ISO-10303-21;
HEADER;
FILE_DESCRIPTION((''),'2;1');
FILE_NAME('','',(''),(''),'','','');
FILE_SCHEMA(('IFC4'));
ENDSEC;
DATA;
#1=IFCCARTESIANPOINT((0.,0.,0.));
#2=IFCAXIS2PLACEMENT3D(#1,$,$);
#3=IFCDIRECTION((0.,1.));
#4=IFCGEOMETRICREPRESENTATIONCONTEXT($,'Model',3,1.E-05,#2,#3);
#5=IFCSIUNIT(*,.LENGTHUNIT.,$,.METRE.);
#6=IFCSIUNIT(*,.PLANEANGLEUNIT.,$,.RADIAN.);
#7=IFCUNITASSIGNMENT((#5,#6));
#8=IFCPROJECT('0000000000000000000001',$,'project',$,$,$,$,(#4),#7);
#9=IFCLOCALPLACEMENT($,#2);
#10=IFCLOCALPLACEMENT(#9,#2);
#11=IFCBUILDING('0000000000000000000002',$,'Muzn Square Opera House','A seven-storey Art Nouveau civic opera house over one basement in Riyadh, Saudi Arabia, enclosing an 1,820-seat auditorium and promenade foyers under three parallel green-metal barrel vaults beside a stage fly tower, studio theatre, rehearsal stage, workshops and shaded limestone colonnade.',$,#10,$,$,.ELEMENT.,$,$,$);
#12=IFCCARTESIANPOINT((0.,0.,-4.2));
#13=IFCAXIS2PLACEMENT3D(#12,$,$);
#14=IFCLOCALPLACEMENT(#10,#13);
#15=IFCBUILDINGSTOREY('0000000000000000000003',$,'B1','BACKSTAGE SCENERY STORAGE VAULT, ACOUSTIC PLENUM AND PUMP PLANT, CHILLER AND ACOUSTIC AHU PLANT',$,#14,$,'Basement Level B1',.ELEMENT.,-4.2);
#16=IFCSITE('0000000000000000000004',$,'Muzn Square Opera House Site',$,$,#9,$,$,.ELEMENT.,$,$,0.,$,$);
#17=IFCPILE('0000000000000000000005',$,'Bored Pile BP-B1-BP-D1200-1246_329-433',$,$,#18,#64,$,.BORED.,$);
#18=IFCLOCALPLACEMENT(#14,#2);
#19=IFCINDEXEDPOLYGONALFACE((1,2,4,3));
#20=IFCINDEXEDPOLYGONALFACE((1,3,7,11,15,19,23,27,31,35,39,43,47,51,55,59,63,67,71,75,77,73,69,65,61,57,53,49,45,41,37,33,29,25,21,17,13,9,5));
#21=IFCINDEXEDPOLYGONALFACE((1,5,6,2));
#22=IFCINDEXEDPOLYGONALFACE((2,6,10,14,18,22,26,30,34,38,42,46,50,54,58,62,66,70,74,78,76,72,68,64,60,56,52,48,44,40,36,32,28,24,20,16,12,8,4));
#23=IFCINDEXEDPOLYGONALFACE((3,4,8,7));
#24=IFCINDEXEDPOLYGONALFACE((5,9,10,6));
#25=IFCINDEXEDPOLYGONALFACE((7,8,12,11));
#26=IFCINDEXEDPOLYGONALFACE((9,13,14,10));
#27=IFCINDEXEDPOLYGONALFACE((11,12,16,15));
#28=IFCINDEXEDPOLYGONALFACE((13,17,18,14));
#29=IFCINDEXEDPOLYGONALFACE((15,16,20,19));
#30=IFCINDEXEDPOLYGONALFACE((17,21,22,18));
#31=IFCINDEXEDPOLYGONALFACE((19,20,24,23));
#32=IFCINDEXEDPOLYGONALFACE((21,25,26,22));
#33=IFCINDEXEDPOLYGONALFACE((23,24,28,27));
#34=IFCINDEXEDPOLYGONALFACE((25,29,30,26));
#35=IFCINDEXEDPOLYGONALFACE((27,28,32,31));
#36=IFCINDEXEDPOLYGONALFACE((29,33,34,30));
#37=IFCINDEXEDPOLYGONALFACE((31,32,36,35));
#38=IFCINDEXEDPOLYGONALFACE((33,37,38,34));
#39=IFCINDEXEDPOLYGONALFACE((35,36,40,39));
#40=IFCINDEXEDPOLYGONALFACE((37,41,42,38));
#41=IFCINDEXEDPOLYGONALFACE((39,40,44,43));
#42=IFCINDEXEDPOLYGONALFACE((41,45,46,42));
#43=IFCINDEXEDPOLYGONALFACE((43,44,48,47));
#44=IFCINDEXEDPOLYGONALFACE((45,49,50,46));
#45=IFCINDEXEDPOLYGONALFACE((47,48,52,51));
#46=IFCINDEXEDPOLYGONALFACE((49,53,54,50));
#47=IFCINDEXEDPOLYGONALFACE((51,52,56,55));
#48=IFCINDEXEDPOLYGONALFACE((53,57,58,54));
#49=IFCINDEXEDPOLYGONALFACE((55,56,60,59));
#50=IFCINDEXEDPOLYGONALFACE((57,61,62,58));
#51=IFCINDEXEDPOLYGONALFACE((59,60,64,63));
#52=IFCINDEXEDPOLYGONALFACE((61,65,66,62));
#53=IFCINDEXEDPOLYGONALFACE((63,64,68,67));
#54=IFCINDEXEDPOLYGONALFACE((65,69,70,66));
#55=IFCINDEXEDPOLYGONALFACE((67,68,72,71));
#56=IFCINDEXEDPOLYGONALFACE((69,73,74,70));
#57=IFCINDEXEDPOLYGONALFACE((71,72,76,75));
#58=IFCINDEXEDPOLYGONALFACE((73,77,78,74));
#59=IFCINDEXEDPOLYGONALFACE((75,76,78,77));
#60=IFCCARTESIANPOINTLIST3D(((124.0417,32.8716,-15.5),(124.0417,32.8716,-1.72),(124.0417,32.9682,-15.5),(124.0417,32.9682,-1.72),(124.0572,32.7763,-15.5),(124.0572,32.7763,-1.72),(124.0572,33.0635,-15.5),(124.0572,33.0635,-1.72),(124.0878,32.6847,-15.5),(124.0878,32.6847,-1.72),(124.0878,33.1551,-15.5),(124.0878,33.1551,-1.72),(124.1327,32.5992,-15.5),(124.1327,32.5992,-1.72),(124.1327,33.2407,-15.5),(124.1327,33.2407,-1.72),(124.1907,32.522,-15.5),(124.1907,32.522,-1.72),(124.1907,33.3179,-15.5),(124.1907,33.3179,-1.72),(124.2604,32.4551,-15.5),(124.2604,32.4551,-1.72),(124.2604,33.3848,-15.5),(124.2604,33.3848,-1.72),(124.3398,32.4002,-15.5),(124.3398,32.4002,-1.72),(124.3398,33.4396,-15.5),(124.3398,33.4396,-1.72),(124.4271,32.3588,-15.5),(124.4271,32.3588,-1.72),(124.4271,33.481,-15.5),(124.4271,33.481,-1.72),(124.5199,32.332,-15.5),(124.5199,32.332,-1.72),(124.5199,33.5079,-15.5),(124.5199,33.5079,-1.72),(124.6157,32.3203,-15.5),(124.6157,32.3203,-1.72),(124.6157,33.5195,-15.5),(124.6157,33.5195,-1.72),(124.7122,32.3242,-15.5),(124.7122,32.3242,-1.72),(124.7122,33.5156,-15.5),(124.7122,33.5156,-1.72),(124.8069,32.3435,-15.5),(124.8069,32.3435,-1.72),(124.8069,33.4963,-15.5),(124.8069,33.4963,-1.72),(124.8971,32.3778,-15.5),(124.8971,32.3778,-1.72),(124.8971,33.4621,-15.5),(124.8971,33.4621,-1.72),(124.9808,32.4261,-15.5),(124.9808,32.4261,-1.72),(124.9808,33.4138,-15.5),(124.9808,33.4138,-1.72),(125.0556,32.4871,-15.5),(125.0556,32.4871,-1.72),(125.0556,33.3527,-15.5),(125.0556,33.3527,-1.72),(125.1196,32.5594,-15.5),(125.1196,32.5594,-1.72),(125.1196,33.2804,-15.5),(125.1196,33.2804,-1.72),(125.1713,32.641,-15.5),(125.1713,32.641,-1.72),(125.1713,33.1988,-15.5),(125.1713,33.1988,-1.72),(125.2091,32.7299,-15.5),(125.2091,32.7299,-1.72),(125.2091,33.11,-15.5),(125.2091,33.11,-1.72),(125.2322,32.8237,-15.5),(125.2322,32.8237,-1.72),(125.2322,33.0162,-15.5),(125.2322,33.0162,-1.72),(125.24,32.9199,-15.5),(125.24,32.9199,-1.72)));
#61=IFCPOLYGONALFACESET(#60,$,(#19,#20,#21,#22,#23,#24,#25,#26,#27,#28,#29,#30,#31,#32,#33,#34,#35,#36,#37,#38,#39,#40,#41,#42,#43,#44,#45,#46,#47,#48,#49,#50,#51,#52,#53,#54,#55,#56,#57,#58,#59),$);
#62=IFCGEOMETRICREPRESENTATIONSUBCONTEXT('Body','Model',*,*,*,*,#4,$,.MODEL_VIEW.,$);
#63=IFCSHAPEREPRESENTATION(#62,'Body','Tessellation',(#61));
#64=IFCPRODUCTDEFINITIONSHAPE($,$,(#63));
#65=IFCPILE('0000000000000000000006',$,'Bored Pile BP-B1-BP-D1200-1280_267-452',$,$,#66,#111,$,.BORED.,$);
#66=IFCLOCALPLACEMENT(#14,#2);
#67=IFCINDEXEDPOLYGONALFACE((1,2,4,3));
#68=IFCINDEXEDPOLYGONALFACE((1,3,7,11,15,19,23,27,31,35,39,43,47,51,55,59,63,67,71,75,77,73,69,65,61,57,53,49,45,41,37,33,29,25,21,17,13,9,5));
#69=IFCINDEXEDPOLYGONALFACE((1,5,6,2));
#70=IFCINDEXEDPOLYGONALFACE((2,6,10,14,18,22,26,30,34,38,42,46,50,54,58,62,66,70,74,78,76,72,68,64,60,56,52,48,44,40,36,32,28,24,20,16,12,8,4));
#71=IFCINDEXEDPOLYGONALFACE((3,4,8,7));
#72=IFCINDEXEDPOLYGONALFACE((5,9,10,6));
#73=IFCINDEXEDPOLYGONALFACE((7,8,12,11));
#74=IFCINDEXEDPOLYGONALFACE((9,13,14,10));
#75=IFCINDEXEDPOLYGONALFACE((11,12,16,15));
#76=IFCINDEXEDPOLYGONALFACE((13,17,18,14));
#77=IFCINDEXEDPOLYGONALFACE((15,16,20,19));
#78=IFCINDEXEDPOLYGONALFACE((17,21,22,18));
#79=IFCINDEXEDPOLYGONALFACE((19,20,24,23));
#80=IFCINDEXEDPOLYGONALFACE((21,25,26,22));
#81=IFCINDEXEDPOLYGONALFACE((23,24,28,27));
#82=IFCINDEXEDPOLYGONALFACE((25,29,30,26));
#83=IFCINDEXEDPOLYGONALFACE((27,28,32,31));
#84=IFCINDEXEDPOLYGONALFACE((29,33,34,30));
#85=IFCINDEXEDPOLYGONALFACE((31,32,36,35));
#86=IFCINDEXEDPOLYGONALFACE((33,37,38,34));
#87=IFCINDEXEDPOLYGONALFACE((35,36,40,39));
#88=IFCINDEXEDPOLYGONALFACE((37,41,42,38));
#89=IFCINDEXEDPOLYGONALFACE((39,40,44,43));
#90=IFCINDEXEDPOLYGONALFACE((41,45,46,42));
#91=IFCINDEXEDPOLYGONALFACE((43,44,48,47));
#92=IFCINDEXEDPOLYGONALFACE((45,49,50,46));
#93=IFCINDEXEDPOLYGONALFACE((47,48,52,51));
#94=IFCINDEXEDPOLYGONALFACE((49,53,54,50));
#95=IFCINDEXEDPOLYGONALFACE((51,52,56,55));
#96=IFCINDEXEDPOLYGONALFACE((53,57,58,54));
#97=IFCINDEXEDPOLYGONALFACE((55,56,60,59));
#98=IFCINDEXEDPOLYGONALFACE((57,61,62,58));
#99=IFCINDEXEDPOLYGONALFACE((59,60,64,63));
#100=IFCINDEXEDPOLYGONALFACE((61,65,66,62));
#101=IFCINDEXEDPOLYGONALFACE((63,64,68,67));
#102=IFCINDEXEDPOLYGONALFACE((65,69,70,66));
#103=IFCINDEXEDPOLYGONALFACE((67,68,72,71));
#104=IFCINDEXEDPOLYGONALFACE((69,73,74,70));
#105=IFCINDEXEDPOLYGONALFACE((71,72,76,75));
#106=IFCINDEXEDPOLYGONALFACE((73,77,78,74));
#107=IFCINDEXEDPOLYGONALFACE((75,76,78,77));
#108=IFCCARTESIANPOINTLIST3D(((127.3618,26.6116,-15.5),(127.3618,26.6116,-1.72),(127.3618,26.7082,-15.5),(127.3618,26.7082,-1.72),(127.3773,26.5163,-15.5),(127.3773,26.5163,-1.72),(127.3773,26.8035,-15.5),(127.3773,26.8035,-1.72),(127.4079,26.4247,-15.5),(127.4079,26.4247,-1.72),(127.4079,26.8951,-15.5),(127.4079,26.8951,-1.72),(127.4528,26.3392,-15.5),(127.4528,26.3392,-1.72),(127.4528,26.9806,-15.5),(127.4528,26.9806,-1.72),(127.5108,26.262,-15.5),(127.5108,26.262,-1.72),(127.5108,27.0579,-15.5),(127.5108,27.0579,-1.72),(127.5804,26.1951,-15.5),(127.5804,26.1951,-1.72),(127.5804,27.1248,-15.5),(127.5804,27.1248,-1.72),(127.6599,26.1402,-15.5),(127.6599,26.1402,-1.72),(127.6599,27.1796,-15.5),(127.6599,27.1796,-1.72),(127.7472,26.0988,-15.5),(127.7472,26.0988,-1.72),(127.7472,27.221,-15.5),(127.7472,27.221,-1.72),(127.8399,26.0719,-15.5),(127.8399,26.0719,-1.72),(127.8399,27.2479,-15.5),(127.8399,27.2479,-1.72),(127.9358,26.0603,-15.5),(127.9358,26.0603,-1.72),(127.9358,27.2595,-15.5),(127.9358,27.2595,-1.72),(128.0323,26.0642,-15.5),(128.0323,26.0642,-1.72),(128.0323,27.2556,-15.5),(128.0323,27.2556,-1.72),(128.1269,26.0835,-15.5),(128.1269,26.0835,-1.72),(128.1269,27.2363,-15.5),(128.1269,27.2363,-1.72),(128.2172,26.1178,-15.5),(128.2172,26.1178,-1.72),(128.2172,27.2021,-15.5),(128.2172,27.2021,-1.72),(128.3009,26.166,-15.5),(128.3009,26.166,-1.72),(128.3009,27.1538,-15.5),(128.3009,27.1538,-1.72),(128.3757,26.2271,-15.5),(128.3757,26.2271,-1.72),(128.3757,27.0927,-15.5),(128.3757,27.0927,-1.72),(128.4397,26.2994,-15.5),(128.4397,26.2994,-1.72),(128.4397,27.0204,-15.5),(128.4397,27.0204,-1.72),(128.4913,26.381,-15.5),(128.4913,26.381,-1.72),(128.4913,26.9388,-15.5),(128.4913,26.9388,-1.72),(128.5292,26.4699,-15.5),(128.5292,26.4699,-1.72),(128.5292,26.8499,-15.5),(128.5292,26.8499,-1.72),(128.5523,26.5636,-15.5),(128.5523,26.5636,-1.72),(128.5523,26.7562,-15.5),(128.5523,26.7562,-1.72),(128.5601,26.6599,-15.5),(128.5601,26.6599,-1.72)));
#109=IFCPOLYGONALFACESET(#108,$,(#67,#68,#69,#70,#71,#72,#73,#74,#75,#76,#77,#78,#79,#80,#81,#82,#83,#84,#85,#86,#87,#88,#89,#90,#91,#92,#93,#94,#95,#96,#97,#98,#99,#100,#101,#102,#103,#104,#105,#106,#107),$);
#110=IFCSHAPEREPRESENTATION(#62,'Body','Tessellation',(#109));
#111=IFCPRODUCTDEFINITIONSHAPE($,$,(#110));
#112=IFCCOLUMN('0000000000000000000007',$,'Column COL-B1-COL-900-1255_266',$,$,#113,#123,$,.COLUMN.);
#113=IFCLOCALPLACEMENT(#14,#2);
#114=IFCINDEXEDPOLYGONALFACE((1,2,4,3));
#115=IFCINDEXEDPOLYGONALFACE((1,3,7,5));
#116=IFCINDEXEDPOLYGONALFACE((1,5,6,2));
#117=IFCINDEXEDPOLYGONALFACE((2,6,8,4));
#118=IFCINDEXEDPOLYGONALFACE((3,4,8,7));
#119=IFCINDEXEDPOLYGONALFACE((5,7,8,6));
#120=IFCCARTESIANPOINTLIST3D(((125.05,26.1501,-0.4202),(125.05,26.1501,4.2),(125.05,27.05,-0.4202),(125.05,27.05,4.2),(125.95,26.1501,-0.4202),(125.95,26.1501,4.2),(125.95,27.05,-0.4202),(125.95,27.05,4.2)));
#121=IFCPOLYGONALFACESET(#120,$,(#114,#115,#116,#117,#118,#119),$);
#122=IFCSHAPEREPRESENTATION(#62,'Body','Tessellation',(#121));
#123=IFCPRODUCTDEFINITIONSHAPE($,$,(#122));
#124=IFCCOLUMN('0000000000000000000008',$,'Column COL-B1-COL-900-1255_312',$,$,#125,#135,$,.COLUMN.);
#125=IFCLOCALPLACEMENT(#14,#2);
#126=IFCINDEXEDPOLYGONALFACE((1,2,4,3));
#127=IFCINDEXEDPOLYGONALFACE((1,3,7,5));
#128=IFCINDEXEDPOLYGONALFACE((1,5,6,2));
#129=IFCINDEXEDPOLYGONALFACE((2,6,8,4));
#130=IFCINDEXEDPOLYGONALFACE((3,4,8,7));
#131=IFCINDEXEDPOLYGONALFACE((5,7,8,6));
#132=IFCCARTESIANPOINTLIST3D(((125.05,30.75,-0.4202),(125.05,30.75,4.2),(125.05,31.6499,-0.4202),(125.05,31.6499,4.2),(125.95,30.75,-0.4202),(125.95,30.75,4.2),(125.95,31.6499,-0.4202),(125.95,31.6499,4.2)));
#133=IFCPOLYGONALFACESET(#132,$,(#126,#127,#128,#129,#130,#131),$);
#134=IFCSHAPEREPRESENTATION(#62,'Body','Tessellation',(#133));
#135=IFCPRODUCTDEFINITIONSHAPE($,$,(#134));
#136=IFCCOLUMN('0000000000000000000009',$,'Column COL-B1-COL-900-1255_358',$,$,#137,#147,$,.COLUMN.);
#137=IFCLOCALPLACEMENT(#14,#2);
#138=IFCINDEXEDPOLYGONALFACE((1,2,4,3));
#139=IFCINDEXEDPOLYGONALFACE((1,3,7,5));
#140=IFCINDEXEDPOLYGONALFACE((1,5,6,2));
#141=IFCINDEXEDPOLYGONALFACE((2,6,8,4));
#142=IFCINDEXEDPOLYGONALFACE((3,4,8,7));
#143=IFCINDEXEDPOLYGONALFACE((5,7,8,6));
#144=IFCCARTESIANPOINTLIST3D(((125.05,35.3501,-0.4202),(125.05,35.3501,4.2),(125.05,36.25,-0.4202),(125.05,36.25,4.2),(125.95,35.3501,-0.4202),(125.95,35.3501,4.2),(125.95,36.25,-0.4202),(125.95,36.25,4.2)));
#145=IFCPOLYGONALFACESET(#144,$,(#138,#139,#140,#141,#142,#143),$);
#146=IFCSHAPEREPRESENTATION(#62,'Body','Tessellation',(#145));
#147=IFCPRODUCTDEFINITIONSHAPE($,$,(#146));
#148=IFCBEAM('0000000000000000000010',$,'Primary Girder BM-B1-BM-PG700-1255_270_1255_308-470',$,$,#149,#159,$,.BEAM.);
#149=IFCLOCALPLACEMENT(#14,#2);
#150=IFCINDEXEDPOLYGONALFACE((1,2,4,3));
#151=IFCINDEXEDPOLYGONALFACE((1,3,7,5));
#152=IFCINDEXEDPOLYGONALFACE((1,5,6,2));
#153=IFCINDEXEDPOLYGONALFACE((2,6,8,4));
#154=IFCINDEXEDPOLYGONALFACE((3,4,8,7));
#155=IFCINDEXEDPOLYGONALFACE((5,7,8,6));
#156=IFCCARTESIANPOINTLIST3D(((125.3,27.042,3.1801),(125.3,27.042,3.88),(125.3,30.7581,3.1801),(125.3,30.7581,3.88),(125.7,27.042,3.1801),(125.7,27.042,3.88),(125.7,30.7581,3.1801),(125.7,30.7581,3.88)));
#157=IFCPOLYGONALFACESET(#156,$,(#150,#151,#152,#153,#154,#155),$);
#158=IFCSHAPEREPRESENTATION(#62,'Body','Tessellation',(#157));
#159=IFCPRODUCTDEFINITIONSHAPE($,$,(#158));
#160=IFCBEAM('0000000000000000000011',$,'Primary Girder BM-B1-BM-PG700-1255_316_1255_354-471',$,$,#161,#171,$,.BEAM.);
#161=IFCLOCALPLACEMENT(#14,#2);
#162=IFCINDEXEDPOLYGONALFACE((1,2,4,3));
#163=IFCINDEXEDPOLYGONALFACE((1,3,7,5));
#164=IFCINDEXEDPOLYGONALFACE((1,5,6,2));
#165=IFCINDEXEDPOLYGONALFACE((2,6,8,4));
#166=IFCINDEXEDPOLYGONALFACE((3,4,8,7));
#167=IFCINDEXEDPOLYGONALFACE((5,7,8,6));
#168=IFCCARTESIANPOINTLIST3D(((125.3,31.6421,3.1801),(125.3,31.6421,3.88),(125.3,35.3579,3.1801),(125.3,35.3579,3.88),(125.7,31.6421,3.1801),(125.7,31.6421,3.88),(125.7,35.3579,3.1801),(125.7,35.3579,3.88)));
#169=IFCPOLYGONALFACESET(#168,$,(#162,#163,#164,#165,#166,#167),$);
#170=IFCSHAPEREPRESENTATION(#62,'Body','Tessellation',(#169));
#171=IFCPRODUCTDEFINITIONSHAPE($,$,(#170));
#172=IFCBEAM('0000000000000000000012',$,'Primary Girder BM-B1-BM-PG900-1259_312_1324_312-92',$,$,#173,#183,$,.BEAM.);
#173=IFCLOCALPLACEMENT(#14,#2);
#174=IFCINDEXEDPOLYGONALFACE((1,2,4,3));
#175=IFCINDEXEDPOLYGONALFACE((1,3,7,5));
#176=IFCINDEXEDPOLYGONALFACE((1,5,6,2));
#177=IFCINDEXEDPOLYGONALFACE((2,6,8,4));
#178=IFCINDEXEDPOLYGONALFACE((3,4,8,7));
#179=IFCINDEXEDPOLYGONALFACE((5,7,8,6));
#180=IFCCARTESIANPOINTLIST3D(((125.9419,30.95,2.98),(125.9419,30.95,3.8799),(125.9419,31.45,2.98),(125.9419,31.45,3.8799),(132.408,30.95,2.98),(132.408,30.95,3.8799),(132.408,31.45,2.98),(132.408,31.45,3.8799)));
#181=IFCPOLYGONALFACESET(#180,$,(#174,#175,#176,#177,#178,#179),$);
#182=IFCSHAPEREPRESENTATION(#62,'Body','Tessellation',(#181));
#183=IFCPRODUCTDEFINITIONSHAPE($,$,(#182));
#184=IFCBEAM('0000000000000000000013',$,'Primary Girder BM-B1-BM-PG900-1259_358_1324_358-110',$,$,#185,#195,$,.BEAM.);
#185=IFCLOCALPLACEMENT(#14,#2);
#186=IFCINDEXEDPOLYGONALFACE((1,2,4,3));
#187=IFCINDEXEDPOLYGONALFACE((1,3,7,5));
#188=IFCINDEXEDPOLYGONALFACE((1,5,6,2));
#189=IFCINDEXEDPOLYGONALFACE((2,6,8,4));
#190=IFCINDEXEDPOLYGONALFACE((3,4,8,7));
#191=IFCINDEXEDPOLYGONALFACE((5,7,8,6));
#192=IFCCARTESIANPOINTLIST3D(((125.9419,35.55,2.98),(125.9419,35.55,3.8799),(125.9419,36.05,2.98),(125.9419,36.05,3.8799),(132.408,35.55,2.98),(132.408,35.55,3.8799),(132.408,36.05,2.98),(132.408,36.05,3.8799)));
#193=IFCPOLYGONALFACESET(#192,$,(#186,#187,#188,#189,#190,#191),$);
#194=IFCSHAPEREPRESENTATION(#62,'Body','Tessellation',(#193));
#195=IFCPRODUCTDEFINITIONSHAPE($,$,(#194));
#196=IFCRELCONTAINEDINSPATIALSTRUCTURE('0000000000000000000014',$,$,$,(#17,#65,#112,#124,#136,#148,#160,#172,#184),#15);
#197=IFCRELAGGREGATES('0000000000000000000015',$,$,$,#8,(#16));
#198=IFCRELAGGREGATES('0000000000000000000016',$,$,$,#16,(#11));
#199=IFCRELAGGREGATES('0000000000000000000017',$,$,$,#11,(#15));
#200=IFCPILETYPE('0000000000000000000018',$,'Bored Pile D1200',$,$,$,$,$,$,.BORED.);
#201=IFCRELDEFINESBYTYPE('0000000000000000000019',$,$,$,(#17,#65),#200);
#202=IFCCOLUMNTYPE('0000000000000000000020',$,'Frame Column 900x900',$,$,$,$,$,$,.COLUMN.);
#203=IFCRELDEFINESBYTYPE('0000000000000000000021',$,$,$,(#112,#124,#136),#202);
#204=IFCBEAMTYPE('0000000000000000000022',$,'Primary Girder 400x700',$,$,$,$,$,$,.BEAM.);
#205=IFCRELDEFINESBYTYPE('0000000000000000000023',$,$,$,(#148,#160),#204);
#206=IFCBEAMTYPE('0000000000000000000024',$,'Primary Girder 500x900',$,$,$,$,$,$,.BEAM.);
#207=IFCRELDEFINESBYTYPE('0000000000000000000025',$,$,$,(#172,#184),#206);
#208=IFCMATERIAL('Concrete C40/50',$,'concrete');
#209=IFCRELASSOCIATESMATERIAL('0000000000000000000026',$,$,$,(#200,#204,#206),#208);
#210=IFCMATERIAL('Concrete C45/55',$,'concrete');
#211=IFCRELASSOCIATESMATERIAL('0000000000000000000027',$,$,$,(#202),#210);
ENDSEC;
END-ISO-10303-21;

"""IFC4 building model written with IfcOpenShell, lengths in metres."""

from ifc_helpers import new_model, si_unit, direction, frame, origin, origin_2d, place, context, subcontext, project, spatial, rectangle, circle, extrude, material, material_profile, profile_set, type_object, element, save


model = new_model("IFC4")

# Units and contexts
model_context = context("Model", 3, precision=1e-05, world=origin(), true_north=direction((0.0, 1.0)))
body_context = subcontext(model_context, "Body", "Model", "MODEL_VIEW")
ifc_project = project(units=[si_unit("LENGTHUNIT", "METRE"), si_unit("PLANEANGLEUNIT", "RADIAN")], contexts=[model_context])

# Site, building, storey
site_placement = place(None, origin())
site = spatial("IfcSite", under=ifc_project, at=site_placement, Name="Muzn Square Opera House Site", CompositionType="ELEMENT", RefElevation=0.0)
building_placement = place(site_placement, origin())
building = spatial("IfcBuilding", under=site, at=building_placement, Name="Muzn Square Opera House", Description="A seven-storey Art Nouveau civic opera house over one basement in Riyadh, Saudi Arabia, enclosing an 1,820-seat auditorium and promenade foyers under three parallel green-metal barrel vaults beside a stage fly tower, studio theatre, rehearsal stage, workshops and shaded limestone colonnade.", CompositionType="ELEMENT")
storey_placement = place(building_placement, frame((0.0, 0.0, -4.2)))
storey = spatial("IfcBuildingStorey", under=building, at=storey_placement, Name="B1", Description="BACKSTAGE SCENERY STORAGE VAULT, ACOUSTIC PLENUM AND PUMP PLANT, CHILLER AND ACOUSTIC AHU PLANT", LongName="Basement Level B1", CompositionType="ELEMENT", Elevation=-4.2)

# Piles
ifc_material_1 = material(Name="Concrete C40/50", Category="concrete")
ifc_material_profile_1 = material_profile(ifc_material_1, circle(Radius=0.6001, at=origin_2d()), Name="BORED PILE D1200", Category="concrete")
ifc_profile_set_1 = profile_set([ifc_material_profile_1], Name="Concrete C40/50")
pile_type = type_object("IfcPileType", Name="Bored Pile D1200", PredefinedType="BORED", material=ifc_profile_set_1)
for number, where, z_axis, x_axis, name in (
    (1, (124.6399, 32.9199, -1.72), (0.0, 0.0, -1.0), (1.0, 0.0, 0.0), "Bored Pile BP-B1-BP-D1200-1246_329-433"),
    (2, (127.96, 26.6599, -1.72), (0.0, 0.0, -1.0), (1.0, 0.0, 0.0), "Bored Pile BP-B1-BP-D1200-1280_267-452"),
):
    element("IfcPile", number, at=place(storey_placement, frame(where, z_axis=z_axis, x_axis=x_axis)), inside=storey, type_object=pile_type, Name=name, PredefinedType="BORED", context=body_context, shape_type="SweptSolid", body=[
        extrude(circle(Radius=0.6001, at=origin_2d()), origin(), (0.0, 0.0, 1.0), 13.78),
    ])

# Columns
ifc_material_2 = material(Name="Concrete C45/55", Category="concrete")
ifc_material_profile_2 = material_profile(ifc_material_2, rectangle(XDim=0.8999, YDim=0.8999, at=origin_2d()), Name="RC 900x900", Category="concrete")
ifc_profile_set_2 = profile_set([ifc_material_profile_2], Name="Concrete C45/55")
column_type = type_object("IfcColumnType", Name="Frame Column 900x900", PredefinedType="COLUMN", material=ifc_profile_set_2)
for number, where, z_axis, x_axis, name in (
    (3, (125.5, 26.6001, -0.4202), (0.0, 0.0, 1.0), (1.0, 0.0, 0.0), "Column COL-B1-COL-900-1255_266"),
    (4, (125.5, 31.2, -0.4202), (0.0, 0.0, 1.0), (1.0, 0.0, 0.0), "Column COL-B1-COL-900-1255_312"),
    (5, (125.5, 35.8, -0.4202), (0.0, 0.0, 1.0), (1.0, 0.0, 0.0), "Column COL-B1-COL-900-1255_358"),
):
    element("IfcColumn", number, at=place(storey_placement, frame(where, z_axis=z_axis, x_axis=x_axis)), inside=storey, type_object=column_type, Name=name, PredefinedType="COLUMN", context=body_context, shape_type="SweptSolid", body=[
        extrude(rectangle(XDim=0.8999, YDim=0.8999, at=origin_2d()), origin(), (0.0, 0.0, 1.0), 4.6201),
    ])

# Beams
ifc_material_profile_3 = material_profile(ifc_material_1, rectangle(XDim=0.3999, YDim=0.7, at=origin_2d()), Name="RCB 400x700", Category="concrete")
ifc_profile_set_3 = profile_set([ifc_material_profile_3], Name="Concrete C40/50")
beam_type_1 = type_object("IfcBeamType", Name="Primary Girder 400x700", PredefinedType="BEAM", material=ifc_profile_set_3)
beam_1_placement = place(storey_placement, frame((125.5, 27.042, 3.53), z_axis=(0.0, 1.0, 0.0), x_axis=(-1.0, 0.0, 0.0)))
element("IfcBeam", 6, at=beam_1_placement, inside=storey, type_object=beam_type_1, Name="Primary Girder BM-B1-BM-PG700-1255_270_1255_308-470", PredefinedType="BEAM", context=body_context, shape_type="SweptSolid", body=[
    extrude(rectangle(XDim=0.3999, YDim=0.7, at=origin_2d()), origin(), (0.0, 0.0, 1.0), 3.7161),
])
beam_2_placement = place(storey_placement, frame((125.5, 31.6421, 3.53), z_axis=(0.0, 1.0, 0.0), x_axis=(-1.0, 0.0, 0.0)))
element("IfcBeam", 7, at=beam_2_placement, inside=storey, type_object=beam_type_1, Name="Primary Girder BM-B1-BM-PG700-1255_316_1255_354-471", PredefinedType="BEAM", context=body_context, shape_type="SweptSolid", body=[
    extrude(rectangle(XDim=0.3999, YDim=0.7, at=origin_2d()), origin(), (0.0, 0.0, 1.0), 3.7158),
])
ifc_material_profile_4 = material_profile(ifc_material_1, rectangle(XDim=0.5, YDim=0.8999, at=origin_2d()), Name="RCB 500x900", Category="concrete")
ifc_profile_set_4 = profile_set([ifc_material_profile_4], Name="Concrete C40/50")
beam_type_2 = type_object("IfcBeamType", Name="Primary Girder 500x900", PredefinedType="BEAM", material=ifc_profile_set_4)
for number, where, z_axis, x_axis, name in (
    (8, (125.9419, 31.2, 3.4299), (1.0, 0.0, 0.0), (0.0, 1.0, 0.0), "Primary Girder BM-B1-BM-PG900-1259_312_1324_312-92"),
    (9, (125.9419, 35.8, 3.4299), (1.0, 0.0, 0.0), (0.0, 1.0, 0.0), "Primary Girder BM-B1-BM-PG900-1259_358_1324_358-110"),
):
    element("IfcBeam", number, at=place(storey_placement, frame(where, z_axis=z_axis, x_axis=x_axis)), inside=storey, type_object=beam_type_2, Name=name, PredefinedType="BEAM", context=body_context, shape_type="SweptSolid", body=[
        extrude(rectangle(XDim=0.5, YDim=0.8999, at=origin_2d()), origin(), (0.0, 0.0, 1.0), 6.4661),
    ])

save(model, "model.ifc")
